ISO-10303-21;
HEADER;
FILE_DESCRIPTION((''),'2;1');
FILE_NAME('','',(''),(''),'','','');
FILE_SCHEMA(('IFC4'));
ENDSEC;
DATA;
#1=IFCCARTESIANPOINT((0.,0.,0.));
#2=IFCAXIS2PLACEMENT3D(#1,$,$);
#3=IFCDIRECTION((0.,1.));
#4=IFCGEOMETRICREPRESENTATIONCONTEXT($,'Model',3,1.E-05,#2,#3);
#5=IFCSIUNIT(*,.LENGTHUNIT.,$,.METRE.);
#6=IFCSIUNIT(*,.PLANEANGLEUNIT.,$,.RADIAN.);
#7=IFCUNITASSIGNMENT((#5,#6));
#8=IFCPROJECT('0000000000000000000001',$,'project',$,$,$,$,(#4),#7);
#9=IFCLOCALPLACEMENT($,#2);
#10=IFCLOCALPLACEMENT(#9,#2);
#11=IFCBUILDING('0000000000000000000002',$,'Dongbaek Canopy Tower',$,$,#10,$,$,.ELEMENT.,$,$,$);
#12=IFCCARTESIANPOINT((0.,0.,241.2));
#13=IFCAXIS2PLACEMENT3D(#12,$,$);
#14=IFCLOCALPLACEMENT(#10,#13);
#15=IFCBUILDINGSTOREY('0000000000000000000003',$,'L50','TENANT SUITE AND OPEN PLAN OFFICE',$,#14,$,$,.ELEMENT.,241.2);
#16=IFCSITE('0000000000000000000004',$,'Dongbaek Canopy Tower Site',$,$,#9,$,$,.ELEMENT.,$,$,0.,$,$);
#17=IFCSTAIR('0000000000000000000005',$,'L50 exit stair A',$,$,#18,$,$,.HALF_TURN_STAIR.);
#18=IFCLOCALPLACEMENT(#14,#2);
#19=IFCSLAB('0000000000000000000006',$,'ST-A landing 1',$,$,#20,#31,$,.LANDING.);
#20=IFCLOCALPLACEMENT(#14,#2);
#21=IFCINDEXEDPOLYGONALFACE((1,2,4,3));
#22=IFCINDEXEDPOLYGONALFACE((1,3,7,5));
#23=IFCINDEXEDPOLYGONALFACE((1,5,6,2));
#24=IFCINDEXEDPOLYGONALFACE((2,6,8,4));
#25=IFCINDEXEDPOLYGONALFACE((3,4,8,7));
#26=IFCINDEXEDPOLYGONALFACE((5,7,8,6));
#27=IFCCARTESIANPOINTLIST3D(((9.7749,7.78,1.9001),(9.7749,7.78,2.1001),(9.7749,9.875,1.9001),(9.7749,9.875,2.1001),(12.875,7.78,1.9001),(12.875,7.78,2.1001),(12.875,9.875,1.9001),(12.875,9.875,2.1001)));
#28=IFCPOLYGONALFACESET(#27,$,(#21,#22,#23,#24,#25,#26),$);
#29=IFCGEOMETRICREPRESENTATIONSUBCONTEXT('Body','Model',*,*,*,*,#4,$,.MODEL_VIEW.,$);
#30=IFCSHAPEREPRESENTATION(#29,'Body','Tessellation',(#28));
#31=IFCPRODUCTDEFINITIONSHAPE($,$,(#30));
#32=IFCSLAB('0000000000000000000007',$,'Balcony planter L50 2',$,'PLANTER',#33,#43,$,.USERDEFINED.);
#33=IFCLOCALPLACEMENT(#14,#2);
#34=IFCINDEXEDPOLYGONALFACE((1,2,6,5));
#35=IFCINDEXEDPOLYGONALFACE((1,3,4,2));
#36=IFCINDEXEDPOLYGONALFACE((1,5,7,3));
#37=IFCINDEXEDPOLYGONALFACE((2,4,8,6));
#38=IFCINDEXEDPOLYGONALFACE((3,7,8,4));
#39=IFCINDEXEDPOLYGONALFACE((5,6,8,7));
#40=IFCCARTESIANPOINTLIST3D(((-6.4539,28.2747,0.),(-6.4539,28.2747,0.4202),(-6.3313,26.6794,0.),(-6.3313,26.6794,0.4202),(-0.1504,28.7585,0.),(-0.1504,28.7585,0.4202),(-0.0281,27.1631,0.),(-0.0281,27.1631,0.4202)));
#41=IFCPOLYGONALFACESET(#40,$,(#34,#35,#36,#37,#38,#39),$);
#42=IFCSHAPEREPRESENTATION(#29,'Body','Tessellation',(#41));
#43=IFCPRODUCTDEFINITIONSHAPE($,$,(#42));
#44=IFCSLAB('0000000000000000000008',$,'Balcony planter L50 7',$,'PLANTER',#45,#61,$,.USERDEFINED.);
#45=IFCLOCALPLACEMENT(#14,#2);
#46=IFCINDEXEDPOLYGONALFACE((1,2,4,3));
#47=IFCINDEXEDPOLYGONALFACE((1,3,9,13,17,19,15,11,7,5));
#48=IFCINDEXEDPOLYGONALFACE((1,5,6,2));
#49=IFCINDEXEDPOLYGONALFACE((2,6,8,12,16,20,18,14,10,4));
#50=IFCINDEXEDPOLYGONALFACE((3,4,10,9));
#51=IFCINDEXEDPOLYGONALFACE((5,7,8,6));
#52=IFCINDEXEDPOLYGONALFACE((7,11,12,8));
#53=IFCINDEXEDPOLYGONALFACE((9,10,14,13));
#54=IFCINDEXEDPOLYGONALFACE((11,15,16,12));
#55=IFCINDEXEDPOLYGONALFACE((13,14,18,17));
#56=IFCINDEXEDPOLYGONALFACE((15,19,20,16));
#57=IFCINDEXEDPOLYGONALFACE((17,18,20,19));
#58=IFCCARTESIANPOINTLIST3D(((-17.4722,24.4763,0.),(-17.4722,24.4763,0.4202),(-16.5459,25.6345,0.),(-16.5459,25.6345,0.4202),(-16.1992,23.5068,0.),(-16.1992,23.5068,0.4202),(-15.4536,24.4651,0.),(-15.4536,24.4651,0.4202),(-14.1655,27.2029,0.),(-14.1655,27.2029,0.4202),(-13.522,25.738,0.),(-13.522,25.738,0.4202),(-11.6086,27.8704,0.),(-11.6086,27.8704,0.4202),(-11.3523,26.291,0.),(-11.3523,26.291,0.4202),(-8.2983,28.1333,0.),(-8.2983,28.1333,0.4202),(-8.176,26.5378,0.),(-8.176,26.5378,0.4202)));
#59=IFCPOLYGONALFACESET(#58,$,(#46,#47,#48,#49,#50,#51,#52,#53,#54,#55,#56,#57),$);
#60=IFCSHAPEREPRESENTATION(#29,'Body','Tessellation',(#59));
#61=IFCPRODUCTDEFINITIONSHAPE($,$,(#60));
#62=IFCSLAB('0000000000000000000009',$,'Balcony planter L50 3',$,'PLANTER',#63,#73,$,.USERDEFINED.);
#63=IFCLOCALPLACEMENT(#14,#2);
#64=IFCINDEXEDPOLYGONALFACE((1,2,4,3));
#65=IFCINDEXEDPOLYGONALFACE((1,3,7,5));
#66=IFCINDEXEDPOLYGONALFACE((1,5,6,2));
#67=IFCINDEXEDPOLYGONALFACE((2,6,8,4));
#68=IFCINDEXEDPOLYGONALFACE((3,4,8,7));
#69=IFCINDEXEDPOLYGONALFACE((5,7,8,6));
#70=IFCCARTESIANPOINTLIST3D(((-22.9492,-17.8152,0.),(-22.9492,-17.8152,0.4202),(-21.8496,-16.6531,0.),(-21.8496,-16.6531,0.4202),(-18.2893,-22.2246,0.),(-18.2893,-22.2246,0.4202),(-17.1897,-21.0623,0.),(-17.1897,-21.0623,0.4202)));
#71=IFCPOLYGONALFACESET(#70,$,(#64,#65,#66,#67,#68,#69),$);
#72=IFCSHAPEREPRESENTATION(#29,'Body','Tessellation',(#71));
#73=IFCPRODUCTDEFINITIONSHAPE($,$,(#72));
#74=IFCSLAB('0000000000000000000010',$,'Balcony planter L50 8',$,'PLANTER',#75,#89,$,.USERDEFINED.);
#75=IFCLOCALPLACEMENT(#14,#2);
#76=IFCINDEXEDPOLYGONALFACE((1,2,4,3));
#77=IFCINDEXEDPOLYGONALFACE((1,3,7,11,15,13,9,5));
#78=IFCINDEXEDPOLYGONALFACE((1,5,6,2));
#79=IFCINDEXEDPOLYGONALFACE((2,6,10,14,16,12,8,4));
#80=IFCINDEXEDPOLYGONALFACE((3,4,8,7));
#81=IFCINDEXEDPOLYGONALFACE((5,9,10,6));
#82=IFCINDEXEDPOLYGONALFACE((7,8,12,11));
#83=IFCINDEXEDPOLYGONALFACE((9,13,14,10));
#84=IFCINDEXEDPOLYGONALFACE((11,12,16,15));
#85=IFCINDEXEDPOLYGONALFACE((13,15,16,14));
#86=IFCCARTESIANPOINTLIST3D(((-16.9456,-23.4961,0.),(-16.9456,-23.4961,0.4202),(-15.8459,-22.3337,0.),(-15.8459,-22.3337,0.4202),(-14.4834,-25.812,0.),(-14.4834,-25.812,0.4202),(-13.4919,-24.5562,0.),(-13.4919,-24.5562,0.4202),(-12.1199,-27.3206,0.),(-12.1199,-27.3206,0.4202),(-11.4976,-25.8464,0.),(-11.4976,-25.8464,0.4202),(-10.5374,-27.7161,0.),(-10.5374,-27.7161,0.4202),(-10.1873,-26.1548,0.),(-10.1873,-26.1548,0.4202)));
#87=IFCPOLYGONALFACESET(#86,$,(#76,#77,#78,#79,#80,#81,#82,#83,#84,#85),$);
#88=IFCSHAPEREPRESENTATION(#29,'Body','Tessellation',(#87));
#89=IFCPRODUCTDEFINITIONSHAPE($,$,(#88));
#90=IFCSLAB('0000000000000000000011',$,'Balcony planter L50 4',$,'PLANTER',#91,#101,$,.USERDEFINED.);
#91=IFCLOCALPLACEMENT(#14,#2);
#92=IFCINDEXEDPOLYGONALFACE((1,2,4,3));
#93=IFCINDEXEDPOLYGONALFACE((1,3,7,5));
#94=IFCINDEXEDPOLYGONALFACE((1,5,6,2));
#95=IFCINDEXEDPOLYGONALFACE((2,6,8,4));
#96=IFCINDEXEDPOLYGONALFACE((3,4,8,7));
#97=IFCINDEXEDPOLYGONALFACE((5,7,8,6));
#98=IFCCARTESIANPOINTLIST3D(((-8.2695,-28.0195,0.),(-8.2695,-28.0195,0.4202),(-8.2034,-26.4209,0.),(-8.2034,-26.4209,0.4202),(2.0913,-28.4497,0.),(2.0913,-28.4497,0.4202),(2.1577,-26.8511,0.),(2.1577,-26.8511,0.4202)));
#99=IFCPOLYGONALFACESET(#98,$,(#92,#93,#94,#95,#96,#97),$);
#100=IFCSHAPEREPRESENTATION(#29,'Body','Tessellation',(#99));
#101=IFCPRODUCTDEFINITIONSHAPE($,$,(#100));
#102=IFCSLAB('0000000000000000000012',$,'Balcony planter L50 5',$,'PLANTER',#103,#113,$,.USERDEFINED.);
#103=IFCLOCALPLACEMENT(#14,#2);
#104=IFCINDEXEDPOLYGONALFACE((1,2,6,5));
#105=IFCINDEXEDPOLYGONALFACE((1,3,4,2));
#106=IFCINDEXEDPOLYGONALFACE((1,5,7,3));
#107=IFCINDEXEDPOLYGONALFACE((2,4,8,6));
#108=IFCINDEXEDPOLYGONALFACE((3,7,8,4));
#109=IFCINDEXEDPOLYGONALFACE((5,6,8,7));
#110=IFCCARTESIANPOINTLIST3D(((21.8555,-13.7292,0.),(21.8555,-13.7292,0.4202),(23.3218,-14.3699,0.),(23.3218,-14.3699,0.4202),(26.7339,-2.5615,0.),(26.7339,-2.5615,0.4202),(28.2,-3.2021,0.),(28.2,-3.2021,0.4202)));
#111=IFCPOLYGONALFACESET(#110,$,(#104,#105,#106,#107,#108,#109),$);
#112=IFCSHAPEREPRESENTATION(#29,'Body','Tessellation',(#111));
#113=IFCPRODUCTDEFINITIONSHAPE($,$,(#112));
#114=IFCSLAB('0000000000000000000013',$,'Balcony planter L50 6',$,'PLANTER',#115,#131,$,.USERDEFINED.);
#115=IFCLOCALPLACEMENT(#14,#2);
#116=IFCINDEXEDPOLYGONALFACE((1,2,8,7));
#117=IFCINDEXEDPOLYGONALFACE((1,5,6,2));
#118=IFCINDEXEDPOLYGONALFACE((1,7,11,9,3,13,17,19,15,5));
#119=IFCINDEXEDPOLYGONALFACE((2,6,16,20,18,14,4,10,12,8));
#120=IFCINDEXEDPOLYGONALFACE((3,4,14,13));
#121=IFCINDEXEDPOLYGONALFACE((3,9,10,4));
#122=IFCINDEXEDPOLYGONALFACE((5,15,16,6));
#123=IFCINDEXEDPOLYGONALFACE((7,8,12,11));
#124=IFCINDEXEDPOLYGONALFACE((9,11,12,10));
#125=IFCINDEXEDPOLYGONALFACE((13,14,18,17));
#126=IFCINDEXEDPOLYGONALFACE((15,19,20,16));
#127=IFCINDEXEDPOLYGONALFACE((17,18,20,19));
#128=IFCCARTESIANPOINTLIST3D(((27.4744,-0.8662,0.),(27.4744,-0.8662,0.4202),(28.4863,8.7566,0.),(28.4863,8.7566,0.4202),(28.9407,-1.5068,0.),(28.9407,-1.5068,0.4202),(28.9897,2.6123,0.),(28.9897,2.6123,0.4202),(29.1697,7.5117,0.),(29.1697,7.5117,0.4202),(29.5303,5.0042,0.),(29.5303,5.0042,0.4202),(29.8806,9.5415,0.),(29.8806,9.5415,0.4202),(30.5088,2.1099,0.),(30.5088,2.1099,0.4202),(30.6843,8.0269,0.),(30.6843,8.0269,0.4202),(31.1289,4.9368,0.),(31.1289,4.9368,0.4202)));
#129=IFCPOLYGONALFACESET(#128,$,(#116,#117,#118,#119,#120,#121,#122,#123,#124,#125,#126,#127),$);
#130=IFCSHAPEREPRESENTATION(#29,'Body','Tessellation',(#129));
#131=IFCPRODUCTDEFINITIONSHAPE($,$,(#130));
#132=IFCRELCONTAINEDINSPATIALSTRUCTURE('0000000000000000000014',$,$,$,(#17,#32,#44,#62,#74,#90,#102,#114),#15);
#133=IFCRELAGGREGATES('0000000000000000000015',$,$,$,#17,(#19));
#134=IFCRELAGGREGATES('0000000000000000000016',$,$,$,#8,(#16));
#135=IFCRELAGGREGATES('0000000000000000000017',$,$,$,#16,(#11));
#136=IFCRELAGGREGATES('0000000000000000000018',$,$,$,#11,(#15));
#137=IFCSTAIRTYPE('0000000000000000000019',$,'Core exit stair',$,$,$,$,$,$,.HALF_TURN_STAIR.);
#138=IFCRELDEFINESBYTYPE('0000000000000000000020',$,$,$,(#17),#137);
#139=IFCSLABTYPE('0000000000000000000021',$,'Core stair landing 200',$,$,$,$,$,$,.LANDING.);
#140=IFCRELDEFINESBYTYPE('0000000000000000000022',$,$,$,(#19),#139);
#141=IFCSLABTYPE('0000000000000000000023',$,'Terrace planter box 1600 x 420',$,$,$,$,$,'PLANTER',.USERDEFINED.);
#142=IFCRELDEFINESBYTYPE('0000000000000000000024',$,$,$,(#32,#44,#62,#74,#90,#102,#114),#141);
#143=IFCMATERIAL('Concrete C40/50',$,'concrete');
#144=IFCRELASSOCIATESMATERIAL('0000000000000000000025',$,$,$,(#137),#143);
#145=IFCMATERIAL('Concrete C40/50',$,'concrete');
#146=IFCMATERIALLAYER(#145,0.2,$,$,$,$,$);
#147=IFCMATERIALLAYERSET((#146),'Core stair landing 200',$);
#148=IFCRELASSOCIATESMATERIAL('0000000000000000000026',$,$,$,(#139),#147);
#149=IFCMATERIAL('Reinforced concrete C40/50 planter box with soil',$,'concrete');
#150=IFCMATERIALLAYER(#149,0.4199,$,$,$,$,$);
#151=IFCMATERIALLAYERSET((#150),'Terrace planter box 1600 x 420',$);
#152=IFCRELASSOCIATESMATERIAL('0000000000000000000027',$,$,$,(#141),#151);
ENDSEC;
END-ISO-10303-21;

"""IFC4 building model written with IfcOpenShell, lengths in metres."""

from ifc_helpers import new_model, si_unit, direction, frame, origin, place, context, subcontext, project, spatial, polyline, outline, extrude, material, layer, layer_set, type_object, element, aggregate, save


model = new_model("IFC4")

# Units and contexts
model_context = context("Model", 3, precision=1e-05, world=origin(), true_north=direction((0.0, 1.0)))
body_context = subcontext(model_context, "Body", "Model", "MODEL_VIEW")
ifc_project = project(units=[si_unit("LENGTHUNIT", "METRE"), si_unit("PLANEANGLEUNIT", "RADIAN")], contexts=[model_context])

# Site, building, storey
site_placement = place(None, origin())
site = spatial("IfcSite", under=ifc_project, at=site_placement, Name="Dongbaek Canopy Tower Site", CompositionType="ELEMENT", RefElevation=0.0)
building_placement = place(site_placement, origin())
building = spatial("IfcBuilding", under=site, at=building_placement, Name="Dongbaek Canopy Tower", CompositionType="ELEMENT")
storey_placement = place(building_placement, frame((0.0, 0.0, 241.2)))
storey = spatial("IfcBuildingStorey", under=building, at=storey_placement, Name="L50", Description="TENANT SUITE AND OPEN PLAN OFFICE", CompositionType="ELEMENT", Elevation=241.2)

# Stair, slab
ifc_material_1 = material(Name="Concrete C40/50", Category="concrete")
stair_type = type_object("IfcStairType", Name="Core exit stair", PredefinedType="HALF_TURN_STAIR", material=ifc_material_1)
stair_placement = place(storey_placement, origin())
stair = element("IfcStair", 1, at=stair_placement, inside=storey, type_object=stair_type, Name="L50 exit stair A", PredefinedType="HALF_TURN_STAIR")
ifc_material_2 = material(Name="Concrete C40/50", Category="concrete")
ifc_layer_1 = layer(ifc_material_2, 0.2)
ifc_layer_set_1 = layer_set([ifc_layer_1], Name="Core stair landing 200")
slab_type_1 = type_object("IfcSlabType", Name="Core stair landing 200", PredefinedType="LANDING", material=ifc_layer_set_1)
slab_1_placement = place(storey_placement, frame((0.0, 0.0, 1.9001)))
slab_1 = element("IfcSlab", 2, at=slab_1_placement, type_object=slab_type_1, Name="ST-A landing 1", PredefinedType="LANDING", context=body_context, shape_type="SweptSolid", body=[
    extrude(outline(polyline([(12.875, 7.78), (12.875, 9.875), (9.7749, 9.875), (9.7749, 7.78), (12.875, 7.78)])), origin(), (0.0, 0.0, 1.0), 0.2),
])
aggregate(stair, [slab_1])

# Slabs
ifc_material_3 = material(Name="Reinforced concrete C40/50 planter box with soil", Category="concrete")
ifc_layer_2 = layer(ifc_material_3, 0.4199)
ifc_layer_set_2 = layer_set([ifc_layer_2], Name="Terrace planter box 1600 x 420")
slab_type_2 = type_object("IfcSlabType", Name="Terrace planter box 1600 x 420", ElementType="PLANTER", PredefinedType="USERDEFINED", material=ifc_layer_set_2)
slab_2_placement = place(storey_placement, origin())
element("IfcSlab", 3, at=slab_2_placement, inside=storey, type_object=slab_type_2, Name="Balcony planter L50 2", ObjectType="PLANTER", PredefinedType="USERDEFINED", context=body_context, shape_type="SweptSolid", body=[
    extrude(outline(polyline([(-0.0281, 27.1631), (-6.3313, 26.6794), (-6.4539, 28.2747), (-0.1504, 28.7585), (-0.0281, 27.1631)])), origin(), (0.0, 0.0, 1.0), 0.4202),
])
slab_3_placement = place(storey_placement, origin())
element("IfcSlab", 4, at=slab_3_placement, inside=storey, type_object=slab_type_2, Name="Balcony planter L50 7", ObjectType="PLANTER", PredefinedType="USERDEFINED", context=body_context, shape_type="SweptSolid", body=[
    extrude(outline(polyline([(-8.176, 26.5378), (-11.3523, 26.291), (-13.522, 25.738), (-15.4536, 24.4651), (-16.1992, 23.5068), (-17.4722, 24.4763), (-16.5459, 25.6345), (-14.1655, 27.2029), (-11.6086, 27.8704), (-8.2983, 28.1333), (-8.176, 26.5378)])), origin(), (0.0, 0.0, 1.0), 0.4202),
])
slab_4_placement = place(storey_placement, origin())
element("IfcSlab", 5, at=slab_4_placement, inside=storey, type_object=slab_type_2, Name="Balcony planter L50 3", ObjectType="PLANTER", PredefinedType="USERDEFINED", context=body_context, shape_type="SweptSolid", body=[
    extrude(outline(polyline([(-21.8496, -16.6531), (-17.1897, -21.0623), (-18.2893, -22.2246), (-22.9492, -17.8152), (-21.8496, -16.6531)])), origin(), (0.0, 0.0, 1.0), 0.4202),
])
slab_5_placement = place(storey_placement, origin())
element("IfcSlab", 6, at=slab_5_placement, inside=storey, type_object=slab_type_2, Name="Balcony planter L50 8", ObjectType="PLANTER", PredefinedType="USERDEFINED", context=body_context, shape_type="SweptSolid", body=[
    extrude(outline(polyline([(-15.8459, -22.3337), (-13.4919, -24.5562), (-11.4976, -25.8464), (-10.1873, -26.1548), (-10.5374, -27.7161), (-12.1199, -27.3206), (-14.4834, -25.812), (-16.9456, -23.4961), (-15.8459, -22.3337)])), origin(), (0.0, 0.0, 1.0), 0.4202),
])
slab_6_placement = place(storey_placement, origin())
element("IfcSlab", 7, at=slab_6_placement, inside=storey, type_object=slab_type_2, Name="Balcony planter L50 4", ObjectType="PLANTER", PredefinedType="USERDEFINED", context=body_context, shape_type="SweptSolid", body=[
    extrude(outline(polyline([(-8.2034, -26.4209), (2.1577, -26.8511), (2.0913, -28.4497), (-8.2695, -28.0195), (-8.2034, -26.4209)])), origin(), (0.0, 0.0, 1.0), 0.4202),
])
slab_7_placement = place(storey_placement, origin())
element("IfcSlab", 8, at=slab_7_placement, inside=storey, type_object=slab_type_2, Name="Balcony planter L50 5", ObjectType="PLANTER", PredefinedType="USERDEFINED", context=body_context, shape_type="SweptSolid", body=[
    extrude(outline(polyline([(21.8555, -13.7292), (26.7339, -2.5615), (28.2, -3.2021), (23.3218, -14.3699), (21.8555, -13.7292)])), origin(), (0.0, 0.0, 1.0), 0.4202),
])
slab_8_placement = place(storey_placement, origin())
element("IfcSlab", 9, at=slab_8_placement, inside=storey, type_object=slab_type_2, Name="Balcony planter L50 6", ObjectType="PLANTER", PredefinedType="USERDEFINED", context=body_context, shape_type="SweptSolid", body=[
    extrude(outline(polyline([(27.4744, -0.8662), (28.9897, 2.6123), (29.5303, 5.0042), (29.1697, 7.5117), (28.4863, 8.7566), (29.8806, 9.5415), (30.6843, 8.0269), (31.1289, 4.9368), (30.5088, 2.1099), (28.9407, -1.5068), (27.4744, -0.8662)])), origin(), (0.0, 0.0, 1.0), 0.4202),
])

save(model, "model.ifc")
